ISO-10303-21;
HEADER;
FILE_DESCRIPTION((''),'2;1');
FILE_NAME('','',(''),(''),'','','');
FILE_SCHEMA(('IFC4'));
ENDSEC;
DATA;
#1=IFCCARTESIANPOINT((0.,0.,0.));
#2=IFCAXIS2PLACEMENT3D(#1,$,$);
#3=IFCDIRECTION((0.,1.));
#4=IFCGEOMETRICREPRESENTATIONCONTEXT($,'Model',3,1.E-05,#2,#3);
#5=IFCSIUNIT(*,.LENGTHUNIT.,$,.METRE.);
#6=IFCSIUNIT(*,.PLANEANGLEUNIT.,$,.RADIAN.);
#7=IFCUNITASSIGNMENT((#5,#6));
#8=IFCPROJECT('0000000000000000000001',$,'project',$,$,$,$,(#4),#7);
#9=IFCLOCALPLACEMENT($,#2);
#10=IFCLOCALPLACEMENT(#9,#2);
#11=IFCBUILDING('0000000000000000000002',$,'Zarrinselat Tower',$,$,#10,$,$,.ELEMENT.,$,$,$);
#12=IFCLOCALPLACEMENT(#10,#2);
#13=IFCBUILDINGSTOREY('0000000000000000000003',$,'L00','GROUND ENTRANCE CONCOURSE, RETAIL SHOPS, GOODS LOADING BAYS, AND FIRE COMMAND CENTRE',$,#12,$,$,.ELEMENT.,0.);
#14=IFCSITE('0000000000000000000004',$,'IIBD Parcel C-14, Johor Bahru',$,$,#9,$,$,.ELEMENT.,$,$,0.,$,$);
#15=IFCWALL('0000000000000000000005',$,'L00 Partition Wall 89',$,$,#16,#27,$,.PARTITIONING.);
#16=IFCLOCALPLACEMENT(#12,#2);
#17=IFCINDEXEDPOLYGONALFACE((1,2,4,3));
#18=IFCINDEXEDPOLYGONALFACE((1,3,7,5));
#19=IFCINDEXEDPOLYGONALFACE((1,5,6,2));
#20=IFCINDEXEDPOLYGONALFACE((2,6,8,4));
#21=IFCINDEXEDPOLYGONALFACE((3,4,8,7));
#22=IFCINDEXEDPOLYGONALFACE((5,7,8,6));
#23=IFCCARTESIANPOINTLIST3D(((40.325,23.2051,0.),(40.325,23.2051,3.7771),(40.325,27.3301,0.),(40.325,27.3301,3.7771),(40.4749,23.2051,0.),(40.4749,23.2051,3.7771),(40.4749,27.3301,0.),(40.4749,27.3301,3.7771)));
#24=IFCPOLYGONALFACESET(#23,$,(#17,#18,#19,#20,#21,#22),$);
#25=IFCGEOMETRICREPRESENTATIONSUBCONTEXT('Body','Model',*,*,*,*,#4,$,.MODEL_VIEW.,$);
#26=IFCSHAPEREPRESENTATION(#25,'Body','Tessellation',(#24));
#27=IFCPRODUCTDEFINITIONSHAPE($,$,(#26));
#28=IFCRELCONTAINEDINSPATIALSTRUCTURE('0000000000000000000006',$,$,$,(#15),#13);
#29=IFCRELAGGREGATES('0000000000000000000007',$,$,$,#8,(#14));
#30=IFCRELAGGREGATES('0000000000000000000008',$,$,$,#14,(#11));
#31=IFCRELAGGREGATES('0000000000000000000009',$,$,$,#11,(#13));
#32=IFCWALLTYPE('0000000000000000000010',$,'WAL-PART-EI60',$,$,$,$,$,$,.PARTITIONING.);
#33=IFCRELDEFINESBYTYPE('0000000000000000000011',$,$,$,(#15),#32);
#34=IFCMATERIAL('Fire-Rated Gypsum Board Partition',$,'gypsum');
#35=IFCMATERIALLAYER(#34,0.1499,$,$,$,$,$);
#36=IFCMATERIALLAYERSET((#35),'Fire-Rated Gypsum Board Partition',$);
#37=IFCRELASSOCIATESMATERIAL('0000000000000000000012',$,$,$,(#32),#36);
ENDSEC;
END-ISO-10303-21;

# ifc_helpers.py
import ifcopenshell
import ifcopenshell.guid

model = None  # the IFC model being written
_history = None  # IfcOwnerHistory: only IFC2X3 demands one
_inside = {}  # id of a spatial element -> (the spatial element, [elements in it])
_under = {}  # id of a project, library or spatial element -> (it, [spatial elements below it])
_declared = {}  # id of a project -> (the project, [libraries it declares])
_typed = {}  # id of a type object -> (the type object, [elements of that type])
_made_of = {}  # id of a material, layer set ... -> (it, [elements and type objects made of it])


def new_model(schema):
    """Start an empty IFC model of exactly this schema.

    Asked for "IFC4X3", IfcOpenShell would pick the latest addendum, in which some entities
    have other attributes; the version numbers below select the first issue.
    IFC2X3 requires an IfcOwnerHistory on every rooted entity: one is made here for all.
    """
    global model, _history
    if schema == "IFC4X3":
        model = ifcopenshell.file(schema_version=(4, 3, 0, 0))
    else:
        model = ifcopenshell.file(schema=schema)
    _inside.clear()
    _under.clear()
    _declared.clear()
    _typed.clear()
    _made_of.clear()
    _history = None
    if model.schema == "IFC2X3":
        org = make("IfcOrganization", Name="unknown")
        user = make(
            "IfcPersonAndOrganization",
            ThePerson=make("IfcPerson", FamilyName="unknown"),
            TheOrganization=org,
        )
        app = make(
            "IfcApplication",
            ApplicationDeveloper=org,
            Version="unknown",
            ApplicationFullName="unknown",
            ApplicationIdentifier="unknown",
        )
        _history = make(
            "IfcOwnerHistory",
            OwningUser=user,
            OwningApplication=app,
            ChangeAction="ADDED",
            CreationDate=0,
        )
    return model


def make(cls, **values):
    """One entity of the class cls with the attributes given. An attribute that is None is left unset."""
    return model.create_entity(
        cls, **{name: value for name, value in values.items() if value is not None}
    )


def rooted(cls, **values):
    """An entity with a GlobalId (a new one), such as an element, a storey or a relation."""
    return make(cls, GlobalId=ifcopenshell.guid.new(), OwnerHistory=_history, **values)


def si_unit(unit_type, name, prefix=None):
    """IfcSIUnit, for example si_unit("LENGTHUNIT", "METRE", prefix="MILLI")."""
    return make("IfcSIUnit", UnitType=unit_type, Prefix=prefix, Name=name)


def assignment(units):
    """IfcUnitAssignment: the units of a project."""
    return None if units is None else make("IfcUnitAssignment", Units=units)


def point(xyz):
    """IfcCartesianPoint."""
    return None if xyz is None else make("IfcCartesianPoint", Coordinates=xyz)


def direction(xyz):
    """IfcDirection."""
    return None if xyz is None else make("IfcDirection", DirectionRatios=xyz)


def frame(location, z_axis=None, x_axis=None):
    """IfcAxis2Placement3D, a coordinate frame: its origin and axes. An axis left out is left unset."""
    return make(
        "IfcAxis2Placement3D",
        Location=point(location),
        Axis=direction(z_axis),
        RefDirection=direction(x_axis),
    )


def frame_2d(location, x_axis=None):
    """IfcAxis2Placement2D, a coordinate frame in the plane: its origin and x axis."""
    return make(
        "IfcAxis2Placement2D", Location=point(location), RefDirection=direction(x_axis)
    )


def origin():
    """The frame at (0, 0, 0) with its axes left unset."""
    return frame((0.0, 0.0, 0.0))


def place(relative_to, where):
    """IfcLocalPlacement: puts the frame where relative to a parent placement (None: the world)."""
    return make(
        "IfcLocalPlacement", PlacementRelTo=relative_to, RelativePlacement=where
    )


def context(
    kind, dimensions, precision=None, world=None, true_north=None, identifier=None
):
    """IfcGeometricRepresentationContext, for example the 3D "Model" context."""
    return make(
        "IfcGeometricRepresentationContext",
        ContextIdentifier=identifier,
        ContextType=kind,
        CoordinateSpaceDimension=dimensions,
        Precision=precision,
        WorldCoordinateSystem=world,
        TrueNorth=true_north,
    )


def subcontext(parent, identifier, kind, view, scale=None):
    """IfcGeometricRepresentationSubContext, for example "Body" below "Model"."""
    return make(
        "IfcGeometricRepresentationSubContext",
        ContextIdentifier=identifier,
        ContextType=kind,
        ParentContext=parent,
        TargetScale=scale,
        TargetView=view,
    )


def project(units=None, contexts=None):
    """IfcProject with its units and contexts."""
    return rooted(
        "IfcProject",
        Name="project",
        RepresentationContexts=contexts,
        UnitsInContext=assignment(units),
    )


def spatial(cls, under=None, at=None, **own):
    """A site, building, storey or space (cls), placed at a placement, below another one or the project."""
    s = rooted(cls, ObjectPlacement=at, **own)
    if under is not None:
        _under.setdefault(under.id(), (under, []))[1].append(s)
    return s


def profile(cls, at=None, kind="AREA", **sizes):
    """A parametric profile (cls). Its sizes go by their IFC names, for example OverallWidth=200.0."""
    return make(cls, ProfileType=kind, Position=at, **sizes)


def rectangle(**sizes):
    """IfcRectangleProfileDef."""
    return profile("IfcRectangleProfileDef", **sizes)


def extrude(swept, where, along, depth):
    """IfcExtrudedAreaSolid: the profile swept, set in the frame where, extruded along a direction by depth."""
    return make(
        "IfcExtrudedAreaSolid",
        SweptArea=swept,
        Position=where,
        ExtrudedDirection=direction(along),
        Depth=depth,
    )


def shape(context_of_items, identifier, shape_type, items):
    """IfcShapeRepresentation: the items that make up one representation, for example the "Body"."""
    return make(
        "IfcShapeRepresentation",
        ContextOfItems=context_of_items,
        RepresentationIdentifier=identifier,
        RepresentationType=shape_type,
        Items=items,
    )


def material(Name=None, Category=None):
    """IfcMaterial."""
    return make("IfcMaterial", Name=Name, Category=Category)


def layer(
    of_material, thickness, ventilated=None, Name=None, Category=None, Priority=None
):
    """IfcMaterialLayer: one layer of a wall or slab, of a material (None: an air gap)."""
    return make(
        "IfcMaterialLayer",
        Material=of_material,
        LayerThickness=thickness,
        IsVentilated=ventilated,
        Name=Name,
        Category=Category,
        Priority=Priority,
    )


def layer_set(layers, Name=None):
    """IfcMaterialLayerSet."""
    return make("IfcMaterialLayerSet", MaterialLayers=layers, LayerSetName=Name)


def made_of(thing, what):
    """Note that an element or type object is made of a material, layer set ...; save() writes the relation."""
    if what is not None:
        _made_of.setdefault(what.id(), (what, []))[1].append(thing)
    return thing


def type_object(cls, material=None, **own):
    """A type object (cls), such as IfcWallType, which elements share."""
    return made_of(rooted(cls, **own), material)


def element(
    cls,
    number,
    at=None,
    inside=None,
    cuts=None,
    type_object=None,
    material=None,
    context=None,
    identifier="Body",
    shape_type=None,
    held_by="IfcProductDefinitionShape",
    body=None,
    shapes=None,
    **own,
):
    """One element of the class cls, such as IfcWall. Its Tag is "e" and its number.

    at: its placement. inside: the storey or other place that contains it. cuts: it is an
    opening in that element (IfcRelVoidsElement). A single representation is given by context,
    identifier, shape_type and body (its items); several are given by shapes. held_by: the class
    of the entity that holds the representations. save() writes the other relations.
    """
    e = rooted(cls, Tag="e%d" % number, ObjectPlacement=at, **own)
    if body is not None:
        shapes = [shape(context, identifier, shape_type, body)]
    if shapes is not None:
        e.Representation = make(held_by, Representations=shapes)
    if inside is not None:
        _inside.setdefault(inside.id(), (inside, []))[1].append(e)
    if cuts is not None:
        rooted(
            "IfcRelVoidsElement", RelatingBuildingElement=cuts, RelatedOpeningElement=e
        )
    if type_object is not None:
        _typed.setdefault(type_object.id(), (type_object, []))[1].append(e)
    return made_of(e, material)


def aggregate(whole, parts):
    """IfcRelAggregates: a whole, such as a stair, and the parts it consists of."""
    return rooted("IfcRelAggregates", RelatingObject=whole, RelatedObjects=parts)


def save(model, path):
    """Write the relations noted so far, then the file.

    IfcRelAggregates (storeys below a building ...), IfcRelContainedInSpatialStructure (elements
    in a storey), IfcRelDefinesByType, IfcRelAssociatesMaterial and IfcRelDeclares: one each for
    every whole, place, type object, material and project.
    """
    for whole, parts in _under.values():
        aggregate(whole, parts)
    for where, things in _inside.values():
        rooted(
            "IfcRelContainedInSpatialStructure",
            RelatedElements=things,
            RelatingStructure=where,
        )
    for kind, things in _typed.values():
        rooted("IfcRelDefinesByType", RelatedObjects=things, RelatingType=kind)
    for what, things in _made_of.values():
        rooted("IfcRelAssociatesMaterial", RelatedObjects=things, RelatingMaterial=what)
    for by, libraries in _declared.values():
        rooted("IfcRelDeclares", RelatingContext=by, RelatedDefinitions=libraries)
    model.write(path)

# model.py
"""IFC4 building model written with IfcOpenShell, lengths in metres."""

from ifc_helpers import new_model, si_unit, direction, frame, frame_2d, origin, place, context, subcontext, project, spatial, rectangle, extrude, material, layer, layer_set, type_object, element, save


model = new_model("IFC4")

# Units and contexts
model_context = context("Model", 3, precision=1e-05, world=origin(), true_north=direction((0.0, 1.0)))
body_context = subcontext(model_context, "Body", "Model", "MODEL_VIEW")
ifc_project = project(units=[si_unit("LENGTHUNIT", "METRE"), si_unit("PLANEANGLEUNIT", "RADIAN")], contexts=[model_context])

# Site, building, storey
site_placement = place(None, origin())
site = spatial("IfcSite", under=ifc_project, at=site_placement, Name="IIBD Parcel C-14, Johor Bahru", CompositionType="ELEMENT", RefElevation=0.0)
building_placement = place(site_placement, origin())
building = spatial("IfcBuilding", under=site, at=building_placement, Name="Zarrinselat Tower", CompositionType="ELEMENT")
storey_placement = place(building_placement, origin())
storey = spatial("IfcBuildingStorey", under=building, at=storey_placement, Name="L00", Description="GROUND ENTRANCE CONCOURSE, RETAIL SHOPS, GOODS LOADING BAYS, AND FIRE COMMAND CENTRE", CompositionType="ELEMENT", Elevation=0.0)

# Shared definitions
ifc_material_1 = material(Name="Fire-Rated Gypsum Board Partition", Category="gypsum")
ifc_layer_1 = layer(ifc_material_1, 0.1499)
ifc_layer_set_1 = layer_set([ifc_layer_1], Name="Fire-Rated Gypsum Board Partition")
wall_type_1 = type_object("IfcWallType", Name="WAL-PART-EI60", PredefinedType="PARTITIONING", material=ifc_layer_set_1)

# Wall
wall_1_placement = place(storey_placement, frame((40.3999, 23.2051, 0.0), z_axis=(0.0, 0.0, 1.0), x_axis=(0.0, 1.0, 0.0)))
element("IfcWall", 1, at=wall_1_placement, inside=storey, type_object=wall_type_1, Name="L00 Partition Wall 89", PredefinedType="PARTITIONING", context=body_context, shape_type="SweptSolid", body=[
    extrude(rectangle(XDim=4.125, YDim=0.1499, at=frame_2d((2.0625, 0.0))), origin(), (0.0, 0.0, 1.0), 3.7771),
])

save(model, "model.ifc")
